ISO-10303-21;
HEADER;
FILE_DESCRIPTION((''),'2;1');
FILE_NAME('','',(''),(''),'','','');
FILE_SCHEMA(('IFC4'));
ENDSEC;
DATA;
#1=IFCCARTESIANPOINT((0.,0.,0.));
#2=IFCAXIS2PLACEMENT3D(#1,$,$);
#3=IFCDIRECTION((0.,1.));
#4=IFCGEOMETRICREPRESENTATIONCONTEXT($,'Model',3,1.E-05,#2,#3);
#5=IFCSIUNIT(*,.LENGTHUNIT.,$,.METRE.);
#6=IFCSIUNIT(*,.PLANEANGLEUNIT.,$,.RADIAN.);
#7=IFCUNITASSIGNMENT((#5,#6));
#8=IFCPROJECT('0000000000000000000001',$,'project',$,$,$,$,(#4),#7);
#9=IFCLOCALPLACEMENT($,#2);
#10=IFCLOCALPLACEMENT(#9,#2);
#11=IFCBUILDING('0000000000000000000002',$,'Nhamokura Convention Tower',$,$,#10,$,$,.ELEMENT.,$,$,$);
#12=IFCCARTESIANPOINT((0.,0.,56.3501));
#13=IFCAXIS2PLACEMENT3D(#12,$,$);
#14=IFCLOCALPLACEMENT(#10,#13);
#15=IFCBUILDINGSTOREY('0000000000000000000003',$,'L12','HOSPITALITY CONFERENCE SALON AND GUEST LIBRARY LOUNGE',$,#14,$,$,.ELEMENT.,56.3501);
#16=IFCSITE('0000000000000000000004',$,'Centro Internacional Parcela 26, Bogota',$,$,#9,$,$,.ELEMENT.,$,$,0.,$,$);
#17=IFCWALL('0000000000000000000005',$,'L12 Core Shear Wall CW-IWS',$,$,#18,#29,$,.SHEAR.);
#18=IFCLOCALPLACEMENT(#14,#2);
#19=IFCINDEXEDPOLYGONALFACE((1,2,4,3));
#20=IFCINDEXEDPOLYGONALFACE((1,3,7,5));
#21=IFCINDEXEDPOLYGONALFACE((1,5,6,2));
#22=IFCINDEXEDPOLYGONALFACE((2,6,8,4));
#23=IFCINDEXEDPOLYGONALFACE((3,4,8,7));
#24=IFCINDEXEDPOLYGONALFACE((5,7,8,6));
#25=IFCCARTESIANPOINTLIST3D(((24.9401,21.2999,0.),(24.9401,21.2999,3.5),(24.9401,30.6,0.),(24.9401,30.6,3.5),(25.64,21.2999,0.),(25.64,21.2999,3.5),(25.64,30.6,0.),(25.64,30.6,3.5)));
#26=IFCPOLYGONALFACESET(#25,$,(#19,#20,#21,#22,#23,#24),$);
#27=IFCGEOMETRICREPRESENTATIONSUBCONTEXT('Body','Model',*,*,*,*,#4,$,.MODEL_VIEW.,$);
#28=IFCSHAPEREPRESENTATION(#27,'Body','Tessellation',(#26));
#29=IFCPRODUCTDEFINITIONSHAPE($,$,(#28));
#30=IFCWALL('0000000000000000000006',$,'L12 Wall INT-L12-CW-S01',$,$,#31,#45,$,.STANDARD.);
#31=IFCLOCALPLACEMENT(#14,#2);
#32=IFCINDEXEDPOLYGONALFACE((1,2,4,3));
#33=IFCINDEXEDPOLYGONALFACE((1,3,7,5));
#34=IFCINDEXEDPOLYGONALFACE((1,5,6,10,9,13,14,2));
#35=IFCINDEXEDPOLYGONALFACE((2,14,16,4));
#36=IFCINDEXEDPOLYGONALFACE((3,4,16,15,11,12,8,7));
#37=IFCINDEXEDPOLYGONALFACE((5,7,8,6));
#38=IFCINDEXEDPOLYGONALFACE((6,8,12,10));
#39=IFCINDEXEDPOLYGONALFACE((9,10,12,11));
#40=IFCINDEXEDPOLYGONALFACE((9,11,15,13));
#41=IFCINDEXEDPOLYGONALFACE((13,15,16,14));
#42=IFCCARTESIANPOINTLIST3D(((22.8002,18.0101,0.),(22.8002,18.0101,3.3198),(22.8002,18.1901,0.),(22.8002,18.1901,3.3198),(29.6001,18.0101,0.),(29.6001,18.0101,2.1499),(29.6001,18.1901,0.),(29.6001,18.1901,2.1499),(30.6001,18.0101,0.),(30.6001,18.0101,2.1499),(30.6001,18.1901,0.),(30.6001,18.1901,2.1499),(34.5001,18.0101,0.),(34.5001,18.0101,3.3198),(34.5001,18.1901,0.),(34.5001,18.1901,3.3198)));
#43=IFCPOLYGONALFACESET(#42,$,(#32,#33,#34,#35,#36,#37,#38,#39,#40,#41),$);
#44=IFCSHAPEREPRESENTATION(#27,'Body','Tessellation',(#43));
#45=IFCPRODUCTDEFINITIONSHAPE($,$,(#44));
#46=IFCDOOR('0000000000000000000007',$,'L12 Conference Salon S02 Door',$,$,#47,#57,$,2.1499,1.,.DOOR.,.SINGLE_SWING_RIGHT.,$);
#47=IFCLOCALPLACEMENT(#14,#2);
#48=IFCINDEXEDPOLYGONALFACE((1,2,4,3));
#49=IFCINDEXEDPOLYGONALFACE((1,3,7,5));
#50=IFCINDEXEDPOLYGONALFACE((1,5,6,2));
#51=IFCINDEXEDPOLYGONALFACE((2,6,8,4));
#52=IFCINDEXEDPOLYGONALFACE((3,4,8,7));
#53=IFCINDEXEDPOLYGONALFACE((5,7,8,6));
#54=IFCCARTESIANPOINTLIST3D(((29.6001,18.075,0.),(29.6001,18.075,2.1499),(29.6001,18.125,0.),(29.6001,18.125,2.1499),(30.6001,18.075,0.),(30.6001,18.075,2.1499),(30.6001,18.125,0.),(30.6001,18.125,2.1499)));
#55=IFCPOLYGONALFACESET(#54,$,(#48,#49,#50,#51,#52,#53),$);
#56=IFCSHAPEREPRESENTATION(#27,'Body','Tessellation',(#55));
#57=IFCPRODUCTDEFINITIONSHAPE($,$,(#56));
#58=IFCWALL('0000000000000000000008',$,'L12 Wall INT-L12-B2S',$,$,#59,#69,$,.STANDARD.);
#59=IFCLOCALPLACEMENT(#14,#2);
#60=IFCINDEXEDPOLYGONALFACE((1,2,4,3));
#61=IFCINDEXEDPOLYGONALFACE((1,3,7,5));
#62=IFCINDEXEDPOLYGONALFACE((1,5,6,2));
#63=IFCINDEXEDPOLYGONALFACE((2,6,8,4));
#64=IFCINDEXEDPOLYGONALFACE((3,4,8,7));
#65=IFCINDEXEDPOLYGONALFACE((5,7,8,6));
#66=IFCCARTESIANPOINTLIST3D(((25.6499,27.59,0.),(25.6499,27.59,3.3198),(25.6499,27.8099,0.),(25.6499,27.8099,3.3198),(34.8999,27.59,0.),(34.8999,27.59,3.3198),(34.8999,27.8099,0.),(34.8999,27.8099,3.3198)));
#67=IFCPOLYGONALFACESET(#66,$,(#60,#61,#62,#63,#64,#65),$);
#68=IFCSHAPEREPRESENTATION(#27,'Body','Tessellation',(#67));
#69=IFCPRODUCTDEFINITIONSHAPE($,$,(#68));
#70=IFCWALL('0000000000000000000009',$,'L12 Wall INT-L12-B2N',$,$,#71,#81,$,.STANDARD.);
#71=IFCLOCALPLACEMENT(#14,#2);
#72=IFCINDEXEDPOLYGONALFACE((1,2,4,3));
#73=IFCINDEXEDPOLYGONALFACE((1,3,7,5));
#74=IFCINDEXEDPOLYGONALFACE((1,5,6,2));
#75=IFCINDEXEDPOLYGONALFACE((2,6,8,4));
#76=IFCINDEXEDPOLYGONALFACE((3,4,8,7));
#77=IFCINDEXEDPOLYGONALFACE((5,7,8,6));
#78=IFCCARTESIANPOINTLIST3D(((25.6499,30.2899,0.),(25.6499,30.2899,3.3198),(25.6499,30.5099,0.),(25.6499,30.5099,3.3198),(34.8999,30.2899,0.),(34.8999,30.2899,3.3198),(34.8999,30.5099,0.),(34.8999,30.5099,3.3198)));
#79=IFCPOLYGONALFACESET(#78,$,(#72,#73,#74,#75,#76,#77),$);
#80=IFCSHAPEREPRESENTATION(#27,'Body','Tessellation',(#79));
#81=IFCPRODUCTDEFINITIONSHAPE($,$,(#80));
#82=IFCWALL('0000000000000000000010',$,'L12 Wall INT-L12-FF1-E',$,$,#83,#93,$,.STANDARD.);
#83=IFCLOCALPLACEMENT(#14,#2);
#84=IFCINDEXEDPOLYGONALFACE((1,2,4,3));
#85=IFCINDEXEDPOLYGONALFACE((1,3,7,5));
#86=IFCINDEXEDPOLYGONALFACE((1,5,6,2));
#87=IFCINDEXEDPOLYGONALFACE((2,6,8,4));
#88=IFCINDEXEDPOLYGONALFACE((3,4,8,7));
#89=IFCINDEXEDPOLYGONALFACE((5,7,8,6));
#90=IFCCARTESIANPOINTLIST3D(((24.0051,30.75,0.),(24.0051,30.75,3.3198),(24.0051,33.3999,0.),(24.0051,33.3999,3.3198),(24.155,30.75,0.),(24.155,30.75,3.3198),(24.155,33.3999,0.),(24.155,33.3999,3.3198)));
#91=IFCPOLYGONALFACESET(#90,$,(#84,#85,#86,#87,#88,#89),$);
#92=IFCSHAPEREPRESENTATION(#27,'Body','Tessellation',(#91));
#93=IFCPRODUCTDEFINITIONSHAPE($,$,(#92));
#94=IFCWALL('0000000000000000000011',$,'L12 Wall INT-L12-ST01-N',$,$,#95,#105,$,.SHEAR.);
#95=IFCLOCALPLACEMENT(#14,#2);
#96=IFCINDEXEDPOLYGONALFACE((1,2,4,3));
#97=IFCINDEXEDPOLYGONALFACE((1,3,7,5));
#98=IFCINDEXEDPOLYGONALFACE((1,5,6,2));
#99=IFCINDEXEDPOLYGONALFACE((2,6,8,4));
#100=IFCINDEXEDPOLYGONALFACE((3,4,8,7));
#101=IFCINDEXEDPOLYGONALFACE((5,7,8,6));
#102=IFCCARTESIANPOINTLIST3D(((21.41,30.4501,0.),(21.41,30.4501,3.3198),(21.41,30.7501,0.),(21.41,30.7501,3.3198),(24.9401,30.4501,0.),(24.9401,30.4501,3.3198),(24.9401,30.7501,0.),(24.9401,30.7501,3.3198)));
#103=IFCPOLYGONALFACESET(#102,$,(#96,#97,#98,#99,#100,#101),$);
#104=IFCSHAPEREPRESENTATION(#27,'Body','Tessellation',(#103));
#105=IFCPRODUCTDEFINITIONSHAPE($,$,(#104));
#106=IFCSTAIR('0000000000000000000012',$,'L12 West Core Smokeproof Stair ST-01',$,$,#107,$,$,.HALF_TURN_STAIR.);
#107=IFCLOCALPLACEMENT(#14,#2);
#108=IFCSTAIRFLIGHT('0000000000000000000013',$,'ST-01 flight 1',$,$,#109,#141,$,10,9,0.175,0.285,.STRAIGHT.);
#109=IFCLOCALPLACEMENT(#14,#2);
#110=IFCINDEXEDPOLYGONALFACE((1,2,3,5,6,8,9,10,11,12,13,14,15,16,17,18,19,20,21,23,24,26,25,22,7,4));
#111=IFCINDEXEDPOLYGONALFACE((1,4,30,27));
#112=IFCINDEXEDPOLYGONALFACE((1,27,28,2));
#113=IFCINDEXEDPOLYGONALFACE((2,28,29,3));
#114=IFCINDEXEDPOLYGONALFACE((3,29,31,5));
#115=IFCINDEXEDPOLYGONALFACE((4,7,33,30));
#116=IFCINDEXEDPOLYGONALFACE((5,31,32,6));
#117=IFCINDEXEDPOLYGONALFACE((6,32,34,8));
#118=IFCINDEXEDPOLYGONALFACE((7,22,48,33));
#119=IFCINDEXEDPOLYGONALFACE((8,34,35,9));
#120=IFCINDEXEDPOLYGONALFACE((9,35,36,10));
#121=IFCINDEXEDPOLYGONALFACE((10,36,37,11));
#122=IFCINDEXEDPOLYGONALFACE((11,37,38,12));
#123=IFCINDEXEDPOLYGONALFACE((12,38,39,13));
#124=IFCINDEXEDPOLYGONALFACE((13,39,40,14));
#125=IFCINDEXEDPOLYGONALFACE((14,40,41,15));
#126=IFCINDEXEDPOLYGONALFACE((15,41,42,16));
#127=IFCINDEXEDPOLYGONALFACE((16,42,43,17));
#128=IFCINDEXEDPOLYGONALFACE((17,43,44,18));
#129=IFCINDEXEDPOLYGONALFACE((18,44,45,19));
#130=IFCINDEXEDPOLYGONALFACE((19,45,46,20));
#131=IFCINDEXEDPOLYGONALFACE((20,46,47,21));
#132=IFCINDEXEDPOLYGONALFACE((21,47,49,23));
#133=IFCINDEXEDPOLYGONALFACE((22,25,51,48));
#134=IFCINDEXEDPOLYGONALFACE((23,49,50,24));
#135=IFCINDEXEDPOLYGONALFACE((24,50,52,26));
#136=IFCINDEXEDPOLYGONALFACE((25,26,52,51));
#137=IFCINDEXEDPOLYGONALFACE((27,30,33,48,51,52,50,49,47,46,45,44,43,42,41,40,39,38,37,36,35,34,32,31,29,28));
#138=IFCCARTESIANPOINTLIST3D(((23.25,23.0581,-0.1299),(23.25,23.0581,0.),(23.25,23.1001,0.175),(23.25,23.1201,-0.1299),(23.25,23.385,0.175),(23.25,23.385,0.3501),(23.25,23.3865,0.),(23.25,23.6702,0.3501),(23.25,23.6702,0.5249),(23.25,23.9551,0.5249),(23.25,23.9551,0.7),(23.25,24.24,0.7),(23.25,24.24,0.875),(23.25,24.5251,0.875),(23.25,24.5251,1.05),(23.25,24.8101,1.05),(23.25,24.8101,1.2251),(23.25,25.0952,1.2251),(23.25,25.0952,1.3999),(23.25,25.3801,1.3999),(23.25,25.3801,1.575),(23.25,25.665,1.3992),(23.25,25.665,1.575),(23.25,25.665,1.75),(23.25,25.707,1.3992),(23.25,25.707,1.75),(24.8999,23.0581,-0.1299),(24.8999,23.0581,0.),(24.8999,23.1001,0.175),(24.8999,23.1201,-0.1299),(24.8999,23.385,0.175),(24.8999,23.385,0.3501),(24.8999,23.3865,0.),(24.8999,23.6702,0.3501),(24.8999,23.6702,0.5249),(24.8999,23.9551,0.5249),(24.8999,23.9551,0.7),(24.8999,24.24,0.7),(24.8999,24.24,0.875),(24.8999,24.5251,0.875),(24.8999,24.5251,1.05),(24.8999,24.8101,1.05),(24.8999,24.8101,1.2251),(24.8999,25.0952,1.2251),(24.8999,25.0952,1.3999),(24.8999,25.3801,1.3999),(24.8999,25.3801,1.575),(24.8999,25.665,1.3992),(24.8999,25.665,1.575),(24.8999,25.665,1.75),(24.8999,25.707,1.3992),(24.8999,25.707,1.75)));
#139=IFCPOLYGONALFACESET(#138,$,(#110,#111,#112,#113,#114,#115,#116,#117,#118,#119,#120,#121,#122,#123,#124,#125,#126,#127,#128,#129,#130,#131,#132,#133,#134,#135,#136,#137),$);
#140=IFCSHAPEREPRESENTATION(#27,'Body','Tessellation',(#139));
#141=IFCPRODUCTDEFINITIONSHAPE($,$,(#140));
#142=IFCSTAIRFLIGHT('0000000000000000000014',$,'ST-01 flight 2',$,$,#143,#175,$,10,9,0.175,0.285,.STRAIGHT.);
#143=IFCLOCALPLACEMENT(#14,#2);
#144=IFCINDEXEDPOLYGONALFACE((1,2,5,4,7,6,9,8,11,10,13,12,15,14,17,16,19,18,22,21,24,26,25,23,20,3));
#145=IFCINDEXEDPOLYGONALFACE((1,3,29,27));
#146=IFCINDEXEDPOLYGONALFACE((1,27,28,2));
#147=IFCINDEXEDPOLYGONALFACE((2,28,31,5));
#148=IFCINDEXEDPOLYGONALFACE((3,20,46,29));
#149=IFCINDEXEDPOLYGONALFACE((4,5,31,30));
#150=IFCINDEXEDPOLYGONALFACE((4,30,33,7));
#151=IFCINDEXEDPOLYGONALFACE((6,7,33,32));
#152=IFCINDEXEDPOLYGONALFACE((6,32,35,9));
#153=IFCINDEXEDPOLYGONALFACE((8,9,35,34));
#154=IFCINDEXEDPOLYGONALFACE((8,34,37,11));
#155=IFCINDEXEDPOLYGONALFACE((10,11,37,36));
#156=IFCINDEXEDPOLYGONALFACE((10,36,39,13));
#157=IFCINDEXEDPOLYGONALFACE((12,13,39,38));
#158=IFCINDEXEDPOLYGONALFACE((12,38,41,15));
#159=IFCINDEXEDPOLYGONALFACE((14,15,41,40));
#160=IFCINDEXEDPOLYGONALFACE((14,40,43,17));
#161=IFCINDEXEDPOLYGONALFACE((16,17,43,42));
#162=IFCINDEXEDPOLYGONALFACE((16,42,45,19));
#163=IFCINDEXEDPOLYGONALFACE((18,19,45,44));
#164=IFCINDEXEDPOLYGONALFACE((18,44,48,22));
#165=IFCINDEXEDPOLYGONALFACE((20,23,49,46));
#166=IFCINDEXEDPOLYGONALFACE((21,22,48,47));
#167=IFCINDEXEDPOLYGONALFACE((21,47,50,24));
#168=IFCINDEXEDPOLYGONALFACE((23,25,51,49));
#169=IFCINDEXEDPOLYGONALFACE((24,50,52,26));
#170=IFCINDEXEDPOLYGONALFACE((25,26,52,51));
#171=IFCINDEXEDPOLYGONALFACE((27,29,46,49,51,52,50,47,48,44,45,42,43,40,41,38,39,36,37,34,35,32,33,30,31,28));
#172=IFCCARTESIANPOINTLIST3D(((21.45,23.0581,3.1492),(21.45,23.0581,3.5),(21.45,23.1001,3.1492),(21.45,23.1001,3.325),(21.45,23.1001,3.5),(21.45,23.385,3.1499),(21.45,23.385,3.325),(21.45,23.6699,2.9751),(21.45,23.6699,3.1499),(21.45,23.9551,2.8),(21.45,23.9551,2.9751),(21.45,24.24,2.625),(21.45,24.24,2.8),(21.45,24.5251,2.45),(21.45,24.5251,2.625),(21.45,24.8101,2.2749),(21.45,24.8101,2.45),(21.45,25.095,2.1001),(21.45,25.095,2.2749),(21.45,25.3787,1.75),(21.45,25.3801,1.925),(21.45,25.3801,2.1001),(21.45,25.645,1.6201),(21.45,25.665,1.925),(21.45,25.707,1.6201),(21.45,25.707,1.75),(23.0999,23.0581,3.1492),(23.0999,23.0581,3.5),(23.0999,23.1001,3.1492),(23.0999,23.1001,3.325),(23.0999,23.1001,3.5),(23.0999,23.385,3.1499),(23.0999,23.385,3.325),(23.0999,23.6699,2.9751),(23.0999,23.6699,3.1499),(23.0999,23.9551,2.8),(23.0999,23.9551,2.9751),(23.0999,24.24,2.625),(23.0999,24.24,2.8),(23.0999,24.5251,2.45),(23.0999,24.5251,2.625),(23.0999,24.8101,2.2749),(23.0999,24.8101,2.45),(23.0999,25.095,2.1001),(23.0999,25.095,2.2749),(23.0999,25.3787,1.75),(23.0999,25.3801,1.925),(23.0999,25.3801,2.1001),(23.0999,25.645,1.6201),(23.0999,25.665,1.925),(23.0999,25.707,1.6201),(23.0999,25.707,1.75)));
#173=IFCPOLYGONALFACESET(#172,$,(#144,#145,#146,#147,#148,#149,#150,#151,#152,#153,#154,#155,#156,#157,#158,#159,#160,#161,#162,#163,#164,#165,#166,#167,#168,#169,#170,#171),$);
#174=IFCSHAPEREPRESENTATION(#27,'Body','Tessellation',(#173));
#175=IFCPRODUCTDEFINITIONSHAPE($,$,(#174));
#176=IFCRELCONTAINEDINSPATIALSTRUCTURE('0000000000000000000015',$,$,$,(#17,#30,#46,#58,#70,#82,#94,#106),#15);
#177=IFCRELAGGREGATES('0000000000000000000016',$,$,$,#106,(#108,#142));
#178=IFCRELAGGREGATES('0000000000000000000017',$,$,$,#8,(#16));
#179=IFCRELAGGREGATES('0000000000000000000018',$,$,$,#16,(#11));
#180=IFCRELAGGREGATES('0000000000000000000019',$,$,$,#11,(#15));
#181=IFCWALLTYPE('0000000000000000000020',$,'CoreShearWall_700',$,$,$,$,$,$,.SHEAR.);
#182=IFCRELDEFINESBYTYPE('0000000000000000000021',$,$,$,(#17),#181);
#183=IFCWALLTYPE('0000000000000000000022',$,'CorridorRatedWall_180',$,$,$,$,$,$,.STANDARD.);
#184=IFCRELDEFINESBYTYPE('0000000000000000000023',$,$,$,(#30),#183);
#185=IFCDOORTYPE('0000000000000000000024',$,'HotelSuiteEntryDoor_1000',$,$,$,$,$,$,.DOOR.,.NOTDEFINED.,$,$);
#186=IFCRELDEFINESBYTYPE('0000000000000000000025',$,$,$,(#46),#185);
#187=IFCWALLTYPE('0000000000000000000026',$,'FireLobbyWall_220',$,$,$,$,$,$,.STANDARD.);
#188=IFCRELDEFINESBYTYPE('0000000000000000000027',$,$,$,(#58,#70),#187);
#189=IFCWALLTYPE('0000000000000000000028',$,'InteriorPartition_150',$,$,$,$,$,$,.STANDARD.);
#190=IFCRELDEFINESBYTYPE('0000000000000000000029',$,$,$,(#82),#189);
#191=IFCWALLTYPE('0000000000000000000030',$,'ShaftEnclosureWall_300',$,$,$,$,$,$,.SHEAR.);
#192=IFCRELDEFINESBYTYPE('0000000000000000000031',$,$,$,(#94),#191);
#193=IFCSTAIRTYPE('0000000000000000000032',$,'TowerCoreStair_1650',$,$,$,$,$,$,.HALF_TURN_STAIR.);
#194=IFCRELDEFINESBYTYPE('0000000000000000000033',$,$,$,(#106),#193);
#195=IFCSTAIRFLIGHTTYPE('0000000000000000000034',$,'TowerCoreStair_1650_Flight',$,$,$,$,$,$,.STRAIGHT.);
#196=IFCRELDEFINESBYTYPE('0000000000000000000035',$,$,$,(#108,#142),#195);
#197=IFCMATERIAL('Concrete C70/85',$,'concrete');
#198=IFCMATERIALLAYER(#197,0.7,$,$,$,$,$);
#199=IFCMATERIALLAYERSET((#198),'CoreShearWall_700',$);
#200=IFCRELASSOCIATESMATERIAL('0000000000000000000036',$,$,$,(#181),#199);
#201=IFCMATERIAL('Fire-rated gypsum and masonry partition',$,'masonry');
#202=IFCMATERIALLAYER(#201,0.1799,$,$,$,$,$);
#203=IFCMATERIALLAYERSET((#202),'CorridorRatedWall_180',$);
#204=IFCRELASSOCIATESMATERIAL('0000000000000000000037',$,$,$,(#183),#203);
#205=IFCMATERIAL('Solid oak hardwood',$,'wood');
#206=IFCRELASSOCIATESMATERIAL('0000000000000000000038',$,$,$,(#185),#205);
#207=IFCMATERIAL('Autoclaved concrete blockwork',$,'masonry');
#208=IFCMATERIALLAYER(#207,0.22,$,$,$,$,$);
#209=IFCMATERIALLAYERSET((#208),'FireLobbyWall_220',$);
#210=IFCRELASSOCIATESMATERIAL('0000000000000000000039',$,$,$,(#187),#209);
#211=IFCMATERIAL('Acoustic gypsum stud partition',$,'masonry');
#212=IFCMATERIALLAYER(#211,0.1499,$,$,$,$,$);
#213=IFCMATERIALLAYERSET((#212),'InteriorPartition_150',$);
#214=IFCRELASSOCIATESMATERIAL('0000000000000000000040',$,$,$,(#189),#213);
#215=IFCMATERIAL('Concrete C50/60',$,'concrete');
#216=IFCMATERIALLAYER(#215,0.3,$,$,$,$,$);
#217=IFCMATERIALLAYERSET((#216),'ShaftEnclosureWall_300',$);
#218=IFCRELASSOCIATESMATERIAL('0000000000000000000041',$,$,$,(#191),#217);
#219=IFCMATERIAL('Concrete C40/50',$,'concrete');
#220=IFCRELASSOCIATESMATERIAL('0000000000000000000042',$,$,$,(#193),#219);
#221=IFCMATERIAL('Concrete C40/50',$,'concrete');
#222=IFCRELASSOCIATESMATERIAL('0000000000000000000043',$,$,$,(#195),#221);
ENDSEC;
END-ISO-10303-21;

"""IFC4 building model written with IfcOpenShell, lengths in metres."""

from ifc_helpers import new_model, si_unit, direction, frame, frame_2d, origin, place, context, subcontext, project, spatial, polyline, rectangle, outline, extrude, material, layer, layer_set, type_object, element, fill, aggregate, save


model = new_model("IFC4")

# Units and contexts
model_context = context("Model", 3, precision=1e-05, world=origin(), true_north=direction((0.0, 1.0)))
body_context = subcontext(model_context, "Body", "Model", "MODEL_VIEW")
ifc_project = project(units=[si_unit("LENGTHUNIT", "METRE"), si_unit("PLANEANGLEUNIT", "RADIAN")], contexts=[model_context])

# Site, building, storey
site_placement = place(None, origin())
site = spatial("IfcSite", under=ifc_project, at=site_placement, Name="Centro Internacional Parcela 26, Bogota", CompositionType="ELEMENT", RefElevation=0.0)
building_placement = place(site_placement, origin())
building = spatial("IfcBuilding", under=site, at=building_placement, Name="Nhamokura Convention Tower", CompositionType="ELEMENT")
storey_placement = place(building_placement, frame((0.0, 0.0, 56.3501)))
storey = spatial("IfcBuildingStorey", under=building, at=storey_placement, Name="L12", Description="HOSPITALITY CONFERENCE SALON AND GUEST LIBRARY LOUNGE", CompositionType="ELEMENT", Elevation=56.3501)

# Wall
ifc_material_1 = material(Name="Concrete C70/85", Category="concrete")
ifc_layer_1 = layer(ifc_material_1, 0.7)
ifc_layer_set_1 = layer_set([ifc_layer_1], Name="CoreShearWall_700")
wall_type_1 = type_object("IfcWallType", Name="CoreShearWall_700", PredefinedType="SHEAR", material=ifc_layer_set_1)
wall_1_placement = place(storey_placement, frame((25.29, 21.3, 0.0), z_axis=(0.0, 0.0, 1.0), x_axis=(0.0, 1.0, 0.0)))
element("IfcWall", 1, at=wall_1_placement, inside=storey, type_object=wall_type_1, Name="L12 Core Shear Wall CW-IWS", PredefinedType="SHEAR", context=body_context, shape_type="SweptSolid", body=[
    extrude(rectangle(XDim=9.3, YDim=0.7, at=frame_2d((4.6499, 0.0))), origin(), (0.0, 0.0, 1.0), 3.5),
])

# Wall, opening, door
ifc_material_2 = material(Name="Fire-rated gypsum and masonry partition", Category="masonry")
ifc_layer_2 = layer(ifc_material_2, 0.1799)
ifc_layer_set_2 = layer_set([ifc_layer_2], Name="CorridorRatedWall_180")
wall_type_2 = type_object("IfcWallType", Name="CorridorRatedWall_180", PredefinedType="STANDARD", material=ifc_layer_set_2)
wall_2_placement = place(storey_placement, frame((22.8, 18.1001, 0.0), z_axis=(0.0, 0.0, 1.0), x_axis=(1.0, 0.0, 0.0)))
wall_2 = element("IfcWall", 2, at=wall_2_placement, inside=storey, type_object=wall_type_2, Name="L12 Wall INT-L12-CW-S01", PredefinedType="STANDARD", context=body_context, shape_type="SweptSolid", body=[
    extrude(rectangle(XDim=11.7, YDim=0.1799, at=frame_2d((5.8501, 0.0))), origin(), (0.0, 0.0, 1.0), 3.3198),
])
opening_1_placement = place(wall_2_placement, frame((6.8, 0.0, 0.0)))
opening_1 = element("IfcOpeningElement", 3, at=opening_1_placement, cuts=wall_2, PredefinedType="OPENING", context=body_context, shape_type="SweptSolid", body=[
    extrude(rectangle(XDim=1.0, YDim=2.1499, at=frame_2d((0.5, 1.075))), frame((0.0, 0.0999, 0.0), z_axis=(0.0, -1.0, 0.0), x_axis=(1.0, 0.0, 0.0)), (0.0, 0.0, 1.0), 0.2),
])
ifc_material_3 = material(Name="Solid oak hardwood", Category="wood")
door_type_1 = type_object("IfcDoorType", Name="HotelSuiteEntryDoor_1000", OperationType="NOTDEFINED", PredefinedType="DOOR", material=ifc_material_3)
door_1_placement = place(opening_1_placement, origin())
door_1 = element("IfcDoor", 4, at=door_1_placement, inside=storey, type_object=door_type_1, Name="L12 Conference Salon S02 Door", OperationType="SINGLE_SWING_RIGHT", OverallHeight=2.1499, OverallWidth=1.0, PredefinedType="DOOR", context=body_context, shape_type="SweptSolid", body=[
    extrude(rectangle(XDim=1.0, YDim=2.1499, at=frame_2d((0.5, 1.075))), frame((0.0, 0.0249, 0.0), z_axis=(0.0, -1.0, 0.0), x_axis=(1.0, 0.0, 0.0)), (0.0, 0.0, 1.0), 0.05),
])
fill(opening_1, door_1)

# Shared definitions
ifc_material_4 = material(Name="Autoclaved concrete blockwork", Category="masonry")
ifc_layer_3 = layer(ifc_material_4, 0.22)
ifc_layer_set_3 = layer_set([ifc_layer_3], Name="FireLobbyWall_220")
wall_type_3 = type_object("IfcWallType", Name="FireLobbyWall_220", PredefinedType="STANDARD", material=ifc_layer_set_3)

# Walls
for number, where, z_axis, x_axis, name in (
    (5, (25.6499, 27.7, 0.0), (0.0, 0.0, 1.0), (1.0, 0.0, 0.0), "L12 Wall INT-L12-B2S"),
    (6, (25.6499, 30.3999, 0.0), (0.0, 0.0, 1.0), (1.0, 0.0, 0.0), "L12 Wall INT-L12-B2N"),
):
    element("IfcWall", number, at=place(storey_placement, frame(where, z_axis=z_axis, x_axis=x_axis)), inside=storey, type_object=wall_type_3, Name=name, PredefinedType="STANDARD", context=body_context, shape_type="SweptSolid", body=[
        extrude(rectangle(XDim=9.25, YDim=0.22, at=frame_2d((4.625, 0.0))), origin(), (0.0, 0.0, 1.0), 3.3198),
    ])
ifc_material_5 = material(Name="Acoustic gypsum stud partition", Category="masonry")
ifc_layer_4 = layer(ifc_material_5, 0.1499)
ifc_layer_set_4 = layer_set([ifc_layer_4], Name="InteriorPartition_150")
wall_type_4 = type_object("IfcWallType", Name="InteriorPartition_150", PredefinedType="STANDARD", material=ifc_layer_set_4)
wall_3_placement = place(storey_placement, frame((24.0801, 30.75, 0.0), z_axis=(0.0, 0.0, 1.0), x_axis=(0.0, 1.0, 0.0)))
element("IfcWall", 7, at=wall_3_placement, inside=storey, type_object=wall_type_4, Name="L12 Wall INT-L12-FF1-E", PredefinedType="STANDARD", context=body_context, shape_type="SweptSolid", body=[
    extrude(rectangle(XDim=2.6499, YDim=0.1499, at=frame_2d((1.325, 0.0))), origin(), (0.0, 0.0, 1.0), 3.3198),
])
ifc_material_6 = material(Name="Concrete C50/60", Category="concrete")
ifc_layer_5 = layer(ifc_material_6, 0.3)
ifc_layer_set_5 = layer_set([ifc_layer_5], Name="ShaftEnclosureWall_300")
wall_type_5 = type_object("IfcWallType", Name="ShaftEnclosureWall_300", PredefinedType="SHEAR", material=ifc_layer_set_5)
wall_4_placement = place(storey_placement, frame((21.4099, 30.6001, 0.0), z_axis=(0.0, 0.0, 1.0), x_axis=(1.0, 0.0, 0.0)))
element("IfcWall", 8, at=wall_4_placement, inside=storey, type_object=wall_type_5, Name="L12 Wall INT-L12-ST01-N", PredefinedType="SHEAR", context=body_context, shape_type="SweptSolid", body=[
    extrude(rectangle(XDim=3.53, YDim=0.3, at=frame_2d((1.7651, 0.0))), origin(), (0.0, 0.0, 1.0), 3.3198),
])

# Stair, stair flights
ifc_material_7 = material(Name="Concrete C40/50", Category="concrete")
stair_type = type_object("IfcStairType", Name="TowerCoreStair_1650", PredefinedType="HALF_TURN_STAIR", material=ifc_material_7)
stair_placement = place(storey_placement, origin())
stair = element("IfcStair", 9, at=stair_placement, inside=storey, type_object=stair_type, Name="L12 West Core Smokeproof Stair ST-01", PredefinedType="HALF_TURN_STAIR")
ifc_material_8 = material(Name="Concrete C40/50", Category="concrete")
stair_flight_type = type_object("IfcStairFlightType", Name="TowerCoreStair_1650_Flight", PredefinedType="STRAIGHT", material=ifc_material_8)
stair_flight_1_placement = place(storey_placement, frame((24.075, 23.1001, 0.0), z_axis=(0.0, 0.0, 1.0), x_axis=(0.0, 1.0, 0.0)))
stair_flight_1 = element("IfcStairFlight", 10, at=stair_flight_1_placement, type_object=stair_flight_type, Name="ST-01 flight 1", NumberOfRisers=10, NumberOfTreads=9, PredefinedType="STRAIGHT", RiserHeight=0.175, TreadLength=0.285, context=body_context, shape_type="SweptSolid", body=[
    extrude(outline(polyline([(-0.042, 0.0), (0.0, 0.175), (0.2849, 0.175), (0.2849, 0.3501), (0.5701, 0.3501), (0.5701, 0.5249), (0.855, 0.5249), (0.855, 0.7), (1.1399, 0.7), (1.1399, 0.875), (1.425, 0.875), (1.425, 1.05), (1.71, 1.05), (1.71, 1.2251), (1.9951, 1.2251), (1.9951, 1.3999), (2.28, 1.3999), (2.28, 1.575), (2.5649, 1.575), (2.5649, 1.75), (2.6069, 1.75), (2.6069, 1.3992), (2.5649, 1.3992), (0.2864, 0.0), (0.02, -0.1299), (-0.042, -0.1299), (-0.042, 0.0)])), frame((0.0, 0.825, 0.0), z_axis=(0.0, -1.0, 0.0), x_axis=(1.0, 0.0, 0.0)), (0.0, 0.0, 1.0), 1.6499),
])
stair_flight_2_placement = place(storey_placement, frame((22.2749, 25.665, 1.75), z_axis=(0.0, 0.0, 1.0), x_axis=(0.0, -1.0, 0.0)))
stair_flight_2 = element("IfcStairFlight", 11, at=stair_flight_2_placement, type_object=stair_flight_type, Name="ST-01 flight 2", NumberOfRisers=10, NumberOfTreads=9, PredefinedType="STRAIGHT", RiserHeight=0.175, TreadLength=0.285, context=body_context, shape_type="SweptSolid", body=[
    extrude(outline(polyline([(-0.042, 0.0), (0.0, 0.175), (0.2849, 0.175), (0.2849, 0.3501), (0.5701, 0.3501), (0.5701, 0.5249), (0.855, 0.5249), (0.855, 0.7), (1.1399, 0.7), (1.1399, 0.875), (1.425, 0.875), (1.425, 1.05), (1.71, 1.05), (1.71, 1.2251), (1.9951, 1.2251), (1.9951, 1.3999), (2.28, 1.3999), (2.28, 1.575), (2.5649, 1.575), (2.5649, 1.75), (2.6069, 1.75), (2.6069, 1.3992), (2.5649, 1.3992), (0.2864, 0.0), (0.02, -0.1299), (-0.042, -0.1299), (-0.042, 0.0)])), frame((0.0, 0.825, 0.0), z_axis=(0.0, -1.0, 0.0), x_axis=(1.0, 0.0, 0.0)), (0.0, 0.0, 1.0), 1.6499),
])
aggregate(stair, [stair_flight_1, stair_flight_2])

save(model, "model.ifc")
